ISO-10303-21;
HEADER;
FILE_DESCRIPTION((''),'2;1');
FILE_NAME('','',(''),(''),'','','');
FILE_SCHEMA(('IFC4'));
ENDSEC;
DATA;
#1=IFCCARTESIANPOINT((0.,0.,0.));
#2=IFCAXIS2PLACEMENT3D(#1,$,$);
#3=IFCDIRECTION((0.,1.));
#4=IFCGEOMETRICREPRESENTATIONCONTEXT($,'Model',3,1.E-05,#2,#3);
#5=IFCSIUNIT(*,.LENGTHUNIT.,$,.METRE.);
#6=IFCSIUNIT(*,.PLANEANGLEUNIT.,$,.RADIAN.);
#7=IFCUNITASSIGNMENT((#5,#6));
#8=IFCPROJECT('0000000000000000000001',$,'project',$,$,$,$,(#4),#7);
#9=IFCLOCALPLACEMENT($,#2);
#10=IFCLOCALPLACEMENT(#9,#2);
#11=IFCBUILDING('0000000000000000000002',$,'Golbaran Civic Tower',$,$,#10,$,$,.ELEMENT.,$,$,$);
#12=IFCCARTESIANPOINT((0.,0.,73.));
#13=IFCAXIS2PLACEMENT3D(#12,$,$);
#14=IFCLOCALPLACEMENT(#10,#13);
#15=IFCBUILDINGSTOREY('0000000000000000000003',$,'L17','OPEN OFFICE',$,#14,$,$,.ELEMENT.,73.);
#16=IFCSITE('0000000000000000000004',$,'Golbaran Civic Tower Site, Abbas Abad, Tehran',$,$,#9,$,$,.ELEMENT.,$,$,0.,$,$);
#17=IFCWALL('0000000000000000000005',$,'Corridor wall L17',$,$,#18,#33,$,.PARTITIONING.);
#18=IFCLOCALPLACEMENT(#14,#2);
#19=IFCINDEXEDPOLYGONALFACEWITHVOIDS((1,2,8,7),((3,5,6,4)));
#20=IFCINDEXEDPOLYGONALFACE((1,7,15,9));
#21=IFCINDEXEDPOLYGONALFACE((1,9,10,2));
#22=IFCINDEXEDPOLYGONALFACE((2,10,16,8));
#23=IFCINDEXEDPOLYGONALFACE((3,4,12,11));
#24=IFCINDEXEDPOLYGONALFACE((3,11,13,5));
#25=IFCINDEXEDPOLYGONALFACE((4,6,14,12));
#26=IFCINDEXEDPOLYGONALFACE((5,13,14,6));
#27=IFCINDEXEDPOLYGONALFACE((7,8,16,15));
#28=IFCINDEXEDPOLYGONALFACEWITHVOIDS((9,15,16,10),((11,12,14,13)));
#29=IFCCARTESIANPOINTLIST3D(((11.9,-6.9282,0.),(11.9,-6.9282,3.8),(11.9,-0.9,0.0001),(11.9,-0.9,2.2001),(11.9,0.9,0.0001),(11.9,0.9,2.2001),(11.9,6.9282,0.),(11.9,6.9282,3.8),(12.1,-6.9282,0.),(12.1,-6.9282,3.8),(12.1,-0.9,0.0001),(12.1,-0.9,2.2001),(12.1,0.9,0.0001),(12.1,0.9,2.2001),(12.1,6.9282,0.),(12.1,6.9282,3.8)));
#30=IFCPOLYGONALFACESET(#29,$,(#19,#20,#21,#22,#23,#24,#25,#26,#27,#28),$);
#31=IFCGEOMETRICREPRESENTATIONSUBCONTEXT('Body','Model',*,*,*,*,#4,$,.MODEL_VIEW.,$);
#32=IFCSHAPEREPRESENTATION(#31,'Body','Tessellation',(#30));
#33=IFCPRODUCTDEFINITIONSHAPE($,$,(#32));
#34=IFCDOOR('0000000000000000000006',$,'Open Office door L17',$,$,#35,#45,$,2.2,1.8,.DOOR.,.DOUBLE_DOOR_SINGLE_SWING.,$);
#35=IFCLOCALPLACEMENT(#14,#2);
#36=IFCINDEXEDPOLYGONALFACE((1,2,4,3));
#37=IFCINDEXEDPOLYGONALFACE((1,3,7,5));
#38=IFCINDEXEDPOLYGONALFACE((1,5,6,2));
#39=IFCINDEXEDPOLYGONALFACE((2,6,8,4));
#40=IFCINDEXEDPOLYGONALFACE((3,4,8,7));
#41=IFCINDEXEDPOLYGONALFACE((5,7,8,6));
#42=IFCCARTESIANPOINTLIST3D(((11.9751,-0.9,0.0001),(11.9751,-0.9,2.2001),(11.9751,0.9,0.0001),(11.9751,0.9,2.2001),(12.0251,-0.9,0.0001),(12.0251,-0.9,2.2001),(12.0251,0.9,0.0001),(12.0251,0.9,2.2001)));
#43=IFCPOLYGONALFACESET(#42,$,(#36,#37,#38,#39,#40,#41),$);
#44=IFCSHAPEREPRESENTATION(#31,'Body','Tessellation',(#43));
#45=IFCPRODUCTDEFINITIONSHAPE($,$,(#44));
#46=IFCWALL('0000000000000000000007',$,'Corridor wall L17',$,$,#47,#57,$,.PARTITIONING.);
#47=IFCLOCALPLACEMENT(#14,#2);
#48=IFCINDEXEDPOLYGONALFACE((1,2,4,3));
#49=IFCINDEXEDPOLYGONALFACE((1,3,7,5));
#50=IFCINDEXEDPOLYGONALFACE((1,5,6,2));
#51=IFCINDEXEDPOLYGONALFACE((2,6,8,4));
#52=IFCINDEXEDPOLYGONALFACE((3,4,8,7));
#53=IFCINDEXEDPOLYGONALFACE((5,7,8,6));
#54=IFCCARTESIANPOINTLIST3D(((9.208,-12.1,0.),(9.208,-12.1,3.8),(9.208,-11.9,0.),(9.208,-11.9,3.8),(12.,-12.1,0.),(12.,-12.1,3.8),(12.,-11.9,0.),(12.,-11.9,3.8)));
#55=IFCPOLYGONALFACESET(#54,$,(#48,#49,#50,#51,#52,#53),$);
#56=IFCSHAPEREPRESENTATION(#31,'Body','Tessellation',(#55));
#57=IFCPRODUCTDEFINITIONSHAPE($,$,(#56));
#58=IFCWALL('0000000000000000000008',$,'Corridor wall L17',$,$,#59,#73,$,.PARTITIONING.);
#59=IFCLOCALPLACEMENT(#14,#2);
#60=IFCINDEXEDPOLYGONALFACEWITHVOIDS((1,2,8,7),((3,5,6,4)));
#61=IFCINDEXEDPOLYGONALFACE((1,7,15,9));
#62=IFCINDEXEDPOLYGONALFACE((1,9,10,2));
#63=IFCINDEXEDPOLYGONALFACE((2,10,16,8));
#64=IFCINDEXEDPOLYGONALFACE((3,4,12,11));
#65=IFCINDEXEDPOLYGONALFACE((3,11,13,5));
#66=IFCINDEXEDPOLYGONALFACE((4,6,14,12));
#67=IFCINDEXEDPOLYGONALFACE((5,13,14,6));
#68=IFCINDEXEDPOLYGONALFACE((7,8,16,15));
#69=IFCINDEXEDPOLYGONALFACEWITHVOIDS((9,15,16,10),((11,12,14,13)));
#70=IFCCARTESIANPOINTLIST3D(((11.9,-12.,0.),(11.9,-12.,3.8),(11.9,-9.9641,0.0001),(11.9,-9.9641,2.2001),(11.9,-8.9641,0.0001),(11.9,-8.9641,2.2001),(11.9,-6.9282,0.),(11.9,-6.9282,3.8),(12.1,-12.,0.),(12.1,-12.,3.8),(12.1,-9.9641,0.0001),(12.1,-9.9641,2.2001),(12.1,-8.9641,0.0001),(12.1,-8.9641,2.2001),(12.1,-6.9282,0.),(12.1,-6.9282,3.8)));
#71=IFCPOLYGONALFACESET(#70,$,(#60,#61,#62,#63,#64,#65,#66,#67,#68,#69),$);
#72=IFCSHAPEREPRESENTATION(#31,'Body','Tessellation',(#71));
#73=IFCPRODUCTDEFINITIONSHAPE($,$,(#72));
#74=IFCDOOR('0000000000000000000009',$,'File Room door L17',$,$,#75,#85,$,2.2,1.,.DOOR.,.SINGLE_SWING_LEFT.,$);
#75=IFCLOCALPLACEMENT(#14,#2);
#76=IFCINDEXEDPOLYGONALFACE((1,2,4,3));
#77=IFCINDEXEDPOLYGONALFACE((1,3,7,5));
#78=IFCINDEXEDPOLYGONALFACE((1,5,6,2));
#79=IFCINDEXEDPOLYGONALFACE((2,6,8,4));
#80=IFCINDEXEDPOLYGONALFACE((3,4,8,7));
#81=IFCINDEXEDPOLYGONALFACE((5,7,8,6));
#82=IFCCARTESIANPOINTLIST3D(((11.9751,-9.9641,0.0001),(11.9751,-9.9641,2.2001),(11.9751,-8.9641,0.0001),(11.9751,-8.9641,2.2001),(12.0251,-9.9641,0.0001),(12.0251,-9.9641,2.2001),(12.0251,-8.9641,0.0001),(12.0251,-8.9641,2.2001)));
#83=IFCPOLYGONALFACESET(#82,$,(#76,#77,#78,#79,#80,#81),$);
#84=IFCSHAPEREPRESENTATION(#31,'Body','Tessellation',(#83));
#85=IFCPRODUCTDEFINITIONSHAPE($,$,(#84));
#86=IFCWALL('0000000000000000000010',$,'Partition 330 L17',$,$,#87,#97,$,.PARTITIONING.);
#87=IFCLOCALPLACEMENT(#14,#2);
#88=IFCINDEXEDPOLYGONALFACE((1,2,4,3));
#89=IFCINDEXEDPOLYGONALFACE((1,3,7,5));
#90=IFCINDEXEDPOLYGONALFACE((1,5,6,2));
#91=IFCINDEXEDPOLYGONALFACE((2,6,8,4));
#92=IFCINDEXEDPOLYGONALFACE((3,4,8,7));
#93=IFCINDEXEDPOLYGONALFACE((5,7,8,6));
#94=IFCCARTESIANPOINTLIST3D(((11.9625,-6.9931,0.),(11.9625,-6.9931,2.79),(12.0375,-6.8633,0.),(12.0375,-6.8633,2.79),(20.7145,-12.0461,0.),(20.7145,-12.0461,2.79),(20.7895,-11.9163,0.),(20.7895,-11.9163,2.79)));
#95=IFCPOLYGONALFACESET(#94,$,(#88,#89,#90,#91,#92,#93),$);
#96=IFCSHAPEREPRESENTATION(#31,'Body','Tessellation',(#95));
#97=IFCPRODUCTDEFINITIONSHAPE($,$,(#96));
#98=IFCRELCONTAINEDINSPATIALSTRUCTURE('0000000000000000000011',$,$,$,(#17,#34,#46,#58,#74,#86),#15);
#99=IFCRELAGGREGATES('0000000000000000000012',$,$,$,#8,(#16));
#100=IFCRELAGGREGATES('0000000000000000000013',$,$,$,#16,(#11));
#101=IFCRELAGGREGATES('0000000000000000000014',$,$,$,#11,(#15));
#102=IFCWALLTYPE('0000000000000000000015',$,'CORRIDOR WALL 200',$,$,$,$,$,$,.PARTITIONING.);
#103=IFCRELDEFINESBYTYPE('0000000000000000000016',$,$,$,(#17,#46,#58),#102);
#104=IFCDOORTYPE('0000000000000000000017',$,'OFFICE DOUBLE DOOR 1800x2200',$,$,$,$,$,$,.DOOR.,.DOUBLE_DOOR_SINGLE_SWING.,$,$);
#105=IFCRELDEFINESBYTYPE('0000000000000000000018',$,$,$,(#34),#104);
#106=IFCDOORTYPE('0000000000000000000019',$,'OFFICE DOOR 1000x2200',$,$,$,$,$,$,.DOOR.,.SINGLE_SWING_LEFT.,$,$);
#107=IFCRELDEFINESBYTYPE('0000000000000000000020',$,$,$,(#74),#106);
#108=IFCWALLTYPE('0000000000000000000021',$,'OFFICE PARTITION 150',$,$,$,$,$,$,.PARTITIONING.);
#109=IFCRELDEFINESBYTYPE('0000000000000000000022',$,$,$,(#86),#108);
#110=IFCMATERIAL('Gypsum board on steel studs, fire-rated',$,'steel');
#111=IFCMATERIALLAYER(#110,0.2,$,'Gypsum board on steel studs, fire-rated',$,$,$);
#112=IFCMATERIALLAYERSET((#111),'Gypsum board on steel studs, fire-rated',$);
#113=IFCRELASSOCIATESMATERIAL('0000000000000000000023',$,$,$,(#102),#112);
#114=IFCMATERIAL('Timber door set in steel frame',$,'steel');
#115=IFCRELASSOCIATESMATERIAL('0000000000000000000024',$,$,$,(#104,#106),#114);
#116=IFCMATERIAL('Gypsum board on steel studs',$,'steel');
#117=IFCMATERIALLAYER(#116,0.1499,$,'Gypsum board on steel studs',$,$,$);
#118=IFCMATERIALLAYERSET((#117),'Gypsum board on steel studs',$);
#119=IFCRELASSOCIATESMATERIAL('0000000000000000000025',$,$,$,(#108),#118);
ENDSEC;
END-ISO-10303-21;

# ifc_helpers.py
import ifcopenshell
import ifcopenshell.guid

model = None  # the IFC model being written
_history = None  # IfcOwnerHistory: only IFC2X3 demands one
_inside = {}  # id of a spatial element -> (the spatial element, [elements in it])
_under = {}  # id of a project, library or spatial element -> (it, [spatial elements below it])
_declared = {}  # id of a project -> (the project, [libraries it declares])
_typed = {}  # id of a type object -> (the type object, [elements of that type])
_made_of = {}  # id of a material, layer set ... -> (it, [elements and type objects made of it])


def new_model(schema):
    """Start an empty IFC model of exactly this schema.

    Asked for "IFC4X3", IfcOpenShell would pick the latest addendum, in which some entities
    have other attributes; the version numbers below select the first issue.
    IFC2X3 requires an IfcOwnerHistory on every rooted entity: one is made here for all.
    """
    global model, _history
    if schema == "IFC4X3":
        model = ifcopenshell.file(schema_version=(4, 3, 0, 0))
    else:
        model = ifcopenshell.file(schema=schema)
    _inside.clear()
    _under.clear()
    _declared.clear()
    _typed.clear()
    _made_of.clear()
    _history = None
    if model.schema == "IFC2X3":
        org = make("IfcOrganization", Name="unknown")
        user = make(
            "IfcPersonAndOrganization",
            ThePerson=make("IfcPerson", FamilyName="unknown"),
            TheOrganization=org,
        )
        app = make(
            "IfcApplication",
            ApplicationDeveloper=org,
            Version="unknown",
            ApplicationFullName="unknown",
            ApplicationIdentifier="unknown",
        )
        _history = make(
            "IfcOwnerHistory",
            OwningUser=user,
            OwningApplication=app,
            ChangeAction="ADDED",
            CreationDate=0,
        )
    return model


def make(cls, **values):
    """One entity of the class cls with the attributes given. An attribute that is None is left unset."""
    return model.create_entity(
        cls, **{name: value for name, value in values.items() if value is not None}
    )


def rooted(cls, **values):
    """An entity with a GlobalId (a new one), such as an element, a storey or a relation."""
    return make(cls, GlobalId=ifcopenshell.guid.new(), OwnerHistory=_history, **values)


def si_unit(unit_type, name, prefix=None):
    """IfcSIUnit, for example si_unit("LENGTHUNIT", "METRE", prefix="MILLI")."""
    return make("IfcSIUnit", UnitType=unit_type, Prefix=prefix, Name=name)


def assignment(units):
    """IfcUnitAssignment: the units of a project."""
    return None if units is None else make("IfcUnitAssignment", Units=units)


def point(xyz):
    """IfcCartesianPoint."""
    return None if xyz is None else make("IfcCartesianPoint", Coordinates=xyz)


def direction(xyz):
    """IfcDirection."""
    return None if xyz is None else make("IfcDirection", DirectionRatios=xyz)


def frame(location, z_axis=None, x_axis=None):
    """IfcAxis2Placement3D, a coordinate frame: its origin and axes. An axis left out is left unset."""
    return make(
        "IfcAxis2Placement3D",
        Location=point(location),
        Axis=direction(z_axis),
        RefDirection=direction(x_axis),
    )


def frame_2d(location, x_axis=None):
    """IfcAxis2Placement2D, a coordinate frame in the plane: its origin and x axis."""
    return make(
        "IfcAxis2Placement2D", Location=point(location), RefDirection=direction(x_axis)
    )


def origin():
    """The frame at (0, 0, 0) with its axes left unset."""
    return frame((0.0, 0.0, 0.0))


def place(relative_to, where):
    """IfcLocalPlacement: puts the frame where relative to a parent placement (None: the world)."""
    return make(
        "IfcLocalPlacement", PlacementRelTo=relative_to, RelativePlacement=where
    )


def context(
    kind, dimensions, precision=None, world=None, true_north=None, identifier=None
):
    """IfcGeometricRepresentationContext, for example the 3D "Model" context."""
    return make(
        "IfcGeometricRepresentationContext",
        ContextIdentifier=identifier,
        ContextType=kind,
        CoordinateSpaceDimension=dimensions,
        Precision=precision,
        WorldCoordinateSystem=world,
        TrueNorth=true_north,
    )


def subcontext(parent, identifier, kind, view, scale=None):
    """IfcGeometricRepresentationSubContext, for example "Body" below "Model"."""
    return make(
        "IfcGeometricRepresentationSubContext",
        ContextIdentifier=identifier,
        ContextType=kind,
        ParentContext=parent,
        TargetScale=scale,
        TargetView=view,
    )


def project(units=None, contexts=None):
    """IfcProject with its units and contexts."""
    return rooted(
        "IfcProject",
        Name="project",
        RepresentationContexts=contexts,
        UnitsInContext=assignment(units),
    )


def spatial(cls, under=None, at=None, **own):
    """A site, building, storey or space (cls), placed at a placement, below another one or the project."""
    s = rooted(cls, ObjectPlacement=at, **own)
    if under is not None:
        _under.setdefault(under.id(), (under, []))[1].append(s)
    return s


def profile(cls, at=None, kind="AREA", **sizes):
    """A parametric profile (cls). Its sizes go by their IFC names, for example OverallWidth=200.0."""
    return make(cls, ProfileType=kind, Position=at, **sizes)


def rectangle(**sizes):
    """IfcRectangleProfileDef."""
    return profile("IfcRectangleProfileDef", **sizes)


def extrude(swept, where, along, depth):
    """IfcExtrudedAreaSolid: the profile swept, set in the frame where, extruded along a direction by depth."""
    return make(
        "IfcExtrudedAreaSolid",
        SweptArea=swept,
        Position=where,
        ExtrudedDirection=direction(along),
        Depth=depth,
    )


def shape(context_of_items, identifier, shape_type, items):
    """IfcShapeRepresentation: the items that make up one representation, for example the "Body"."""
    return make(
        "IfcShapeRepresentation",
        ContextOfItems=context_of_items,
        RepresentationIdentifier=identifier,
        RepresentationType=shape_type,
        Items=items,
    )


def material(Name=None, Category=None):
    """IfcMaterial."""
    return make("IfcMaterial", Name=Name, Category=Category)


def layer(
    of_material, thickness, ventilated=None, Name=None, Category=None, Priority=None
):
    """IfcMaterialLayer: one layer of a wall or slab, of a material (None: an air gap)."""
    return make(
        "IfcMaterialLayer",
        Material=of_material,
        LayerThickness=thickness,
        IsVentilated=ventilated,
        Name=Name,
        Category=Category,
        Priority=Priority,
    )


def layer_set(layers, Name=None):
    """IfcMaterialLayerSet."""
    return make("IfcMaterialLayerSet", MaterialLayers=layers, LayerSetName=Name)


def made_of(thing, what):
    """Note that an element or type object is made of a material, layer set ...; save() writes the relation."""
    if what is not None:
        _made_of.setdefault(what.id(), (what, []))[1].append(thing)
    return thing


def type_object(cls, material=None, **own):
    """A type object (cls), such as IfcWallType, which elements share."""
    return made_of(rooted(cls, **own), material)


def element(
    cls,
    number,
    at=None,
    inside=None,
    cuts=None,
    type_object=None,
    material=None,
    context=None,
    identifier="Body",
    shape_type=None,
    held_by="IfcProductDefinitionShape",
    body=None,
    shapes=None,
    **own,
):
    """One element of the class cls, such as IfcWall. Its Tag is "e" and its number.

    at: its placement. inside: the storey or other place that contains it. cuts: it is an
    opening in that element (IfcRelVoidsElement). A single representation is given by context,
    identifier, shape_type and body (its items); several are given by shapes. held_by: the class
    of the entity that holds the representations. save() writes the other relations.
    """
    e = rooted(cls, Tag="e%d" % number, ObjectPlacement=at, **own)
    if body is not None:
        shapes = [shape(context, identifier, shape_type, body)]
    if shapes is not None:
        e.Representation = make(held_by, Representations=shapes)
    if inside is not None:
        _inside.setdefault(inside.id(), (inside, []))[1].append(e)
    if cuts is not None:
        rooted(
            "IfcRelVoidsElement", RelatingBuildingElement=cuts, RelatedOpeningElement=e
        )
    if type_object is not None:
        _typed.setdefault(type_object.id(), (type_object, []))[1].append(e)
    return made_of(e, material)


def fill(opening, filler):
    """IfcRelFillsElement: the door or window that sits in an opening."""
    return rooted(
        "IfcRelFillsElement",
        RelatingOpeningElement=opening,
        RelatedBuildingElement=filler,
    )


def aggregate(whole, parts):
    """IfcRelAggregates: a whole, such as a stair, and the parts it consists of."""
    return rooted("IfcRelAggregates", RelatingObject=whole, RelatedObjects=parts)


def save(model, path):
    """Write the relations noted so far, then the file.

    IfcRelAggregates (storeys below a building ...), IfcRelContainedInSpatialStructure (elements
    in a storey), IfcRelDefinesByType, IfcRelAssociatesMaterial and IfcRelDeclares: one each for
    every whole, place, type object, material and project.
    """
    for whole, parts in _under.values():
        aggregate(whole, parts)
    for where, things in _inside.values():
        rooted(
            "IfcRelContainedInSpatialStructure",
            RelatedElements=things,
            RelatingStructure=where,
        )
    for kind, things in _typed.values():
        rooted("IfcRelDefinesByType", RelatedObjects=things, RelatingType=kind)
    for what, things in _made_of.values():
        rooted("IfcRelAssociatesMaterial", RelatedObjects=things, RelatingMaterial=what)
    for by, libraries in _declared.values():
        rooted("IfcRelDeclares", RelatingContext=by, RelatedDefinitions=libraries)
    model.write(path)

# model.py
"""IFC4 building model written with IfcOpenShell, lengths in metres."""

from ifc_helpers import new_model, si_unit, direction, frame, frame_2d, origin, place, context, subcontext, project, spatial, rectangle, extrude, material, layer, layer_set, type_object, element, fill, save


model = new_model("IFC4")

# Units and contexts
model_context = context("Model", 3, precision=1e-05, world=origin(), true_north=direction((0.0, 1.0)))
body_context = subcontext(model_context, "Body", "Model", "MODEL_VIEW")
ifc_project = project(units=[si_unit("LENGTHUNIT", "METRE"), si_unit("PLANEANGLEUNIT", "RADIAN")], contexts=[model_context])

# Site, building, storey
site_placement = place(None, origin())
site = spatial("IfcSite", under=ifc_project, at=site_placement, Name="Golbaran Civic Tower Site, Abbas Abad, Tehran", CompositionType="ELEMENT", RefElevation=0.0)
building_placement = place(site_placement, origin())
building = spatial("IfcBuilding", under=site, at=building_placement, Name="Golbaran Civic Tower", CompositionType="ELEMENT")
storey_placement = place(building_placement, frame((0.0, 0.0, 73.0)))
storey = spatial("IfcBuildingStorey", under=building, at=storey_placement, Name="L17", Description="OPEN OFFICE", CompositionType="ELEMENT", Elevation=73.0)

# Shared definitions
ifc_material_1 = material(Name="Timber door set in steel frame", Category="steel")

# Wall, opening, door
ifc_material_2 = material(Name="Gypsum board on steel studs, fire-rated", Category="steel")
ifc_layer_1 = layer(ifc_material_2, 0.2, Name="Gypsum board on steel studs, fire-rated")
ifc_layer_set_1 = layer_set([ifc_layer_1], Name="Gypsum board on steel studs, fire-rated")
wall_type_1 = type_object("IfcWallType", Name="CORRIDOR WALL 200", PredefinedType="PARTITIONING", material=ifc_layer_set_1)
wall_1_placement = place(storey_placement, frame((12.0, -6.9282, 0.0), z_axis=(0.0, 0.0, 1.0), x_axis=(0.0, 1.0, 0.0)))
wall_1 = element("IfcWall", 1, at=wall_1_placement, inside=storey, type_object=wall_type_1, Name="Corridor wall L17", PredefinedType="PARTITIONING", context=body_context, shape_type="SweptSolid", body=[
    extrude(rectangle(XDim=13.8564, YDim=0.2, at=frame_2d((6.9282, 0.0))), origin(), (0.0, 0.0, 1.0), 3.8),
])
opening_1_placement = place(wall_1_placement, frame((6.0283, 0.0, 0.0)))
opening_1 = element("IfcOpeningElement", 2, at=opening_1_placement, cuts=wall_1, PredefinedType="OPENING", context=body_context, shape_type="SweptSolid", body=[
    extrude(rectangle(XDim=1.8, YDim=2.2, at=frame_2d((0.8999, 1.1001))), frame((0.0, 0.1099, 0.0), z_axis=(0.0, -1.0, 0.0), x_axis=(1.0, 0.0, 0.0)), (0.0, 0.0, 1.0), 0.22),
])
door_type_1 = type_object("IfcDoorType", Name="OFFICE DOUBLE DOOR 1800x2200", OperationType="DOUBLE_DOOR_SINGLE_SWING", PredefinedType="DOOR", material=ifc_material_1)
door_1_placement = place(opening_1_placement, origin())
door_1 = element("IfcDoor", 3, at=door_1_placement, inside=storey, type_object=door_type_1, Name="Open Office door L17", OperationType="DOUBLE_DOOR_SINGLE_SWING", OverallHeight=2.2, OverallWidth=1.8, PredefinedType="DOOR", context=body_context, shape_type="SweptSolid", body=[
    extrude(rectangle(XDim=1.8, YDim=2.2, at=frame_2d((0.8999, 1.1001))), frame((0.0, 0.0249, 0.0), z_axis=(0.0, -1.0, 0.0), x_axis=(1.0, 0.0, 0.0)), (0.0, 0.0, 1.0), 0.05),
])
fill(opening_1, door_1)

# Wall
wall_2_placement = place(storey_placement, frame((9.208, -12.0, 0.0), z_axis=(0.0, 0.0, 1.0), x_axis=(1.0, 0.0, 0.0)))
element("IfcWall", 4, at=wall_2_placement, inside=storey, type_object=wall_type_1, Name="Corridor wall L17", PredefinedType="PARTITIONING", context=body_context, shape_type="SweptSolid", body=[
    extrude(rectangle(XDim=2.792, YDim=0.2, at=frame_2d((1.396, 0.0))), origin(), (0.0, 0.0, 1.0), 3.8),
])

# Wall, opening, door
wall_3_placement = place(storey_placement, frame((12.0, -12.0, 0.0), z_axis=(0.0, 0.0, 1.0), x_axis=(0.0, 1.0, 0.0)))
wall_3 = element("IfcWall", 5, at=wall_3_placement, inside=storey, type_object=wall_type_1, Name="Corridor wall L17", PredefinedType="PARTITIONING", context=body_context, shape_type="SweptSolid", body=[
    extrude(rectangle(XDim=5.0718, YDim=0.2, at=frame_2d((2.5359, 0.0))), origin(), (0.0, 0.0, 1.0), 3.8),
])
opening_2_placement = place(wall_3_placement, frame((2.0359, 0.0, 0.0)))
opening_2 = element("IfcOpeningElement", 6, at=opening_2_placement, cuts=wall_3, PredefinedType="OPENING", context=body_context, shape_type="SweptSolid", body=[
    extrude(rectangle(XDim=1.0, YDim=2.2, at=frame_2d((0.5, 1.1001))), frame((0.0, 0.1099, 0.0), z_axis=(0.0, -1.0, 0.0), x_axis=(1.0, 0.0, 0.0)), (0.0, 0.0, 1.0), 0.22),
])
door_type_2 = type_object("IfcDoorType", Name="OFFICE DOOR 1000x2200", OperationType="SINGLE_SWING_LEFT", PredefinedType="DOOR", material=ifc_material_1)
door_2_placement = place(opening_2_placement, origin())
door_2 = element("IfcDoor", 7, at=door_2_placement, inside=storey, type_object=door_type_2, Name="File Room door L17", OperationType="SINGLE_SWING_LEFT", OverallHeight=2.2, OverallWidth=1.0, PredefinedType="DOOR", context=body_context, shape_type="SweptSolid", body=[
    extrude(rectangle(XDim=1.0, YDim=2.2, at=frame_2d((0.5, 1.1001))), frame((0.0, 0.0249, 0.0), z_axis=(0.0, -1.0, 0.0), x_axis=(1.0, 0.0, 0.0)), (0.0, 0.0, 1.0), 0.05),
])
fill(opening_2, door_2)

# Wall
ifc_material_3 = material(Name="Gypsum board on steel studs", Category="steel")
ifc_layer_2 = layer(ifc_material_3, 0.1499, Name="Gypsum board on steel studs")
ifc_layer_set_2 = layer_set([ifc_layer_2], Name="Gypsum board on steel studs")
wall_type_2 = type_object("IfcWallType", Name="OFFICE PARTITION 150", PredefinedType="PARTITIONING", material=ifc_layer_set_2)
wall_4_placement = place(storey_placement, frame((12.0, -6.9282, 0.0), z_axis=(0.0, 0.0, 1.0), x_axis=(0.866024, -0.500003, 0.0)))
element("IfcWall", 8, at=wall_4_placement, inside=storey, type_object=wall_type_2, Name="Partition 330 L17", PredefinedType="PARTITIONING", context=body_context, shape_type="SweptSolid", body=[
    extrude(rectangle(XDim=10.106, YDim=0.1499, at=frame_2d((5.053, 0.0))), origin(), (0.0, 0.0, 1.0), 2.79),
])

save(model, "model.ifc")
